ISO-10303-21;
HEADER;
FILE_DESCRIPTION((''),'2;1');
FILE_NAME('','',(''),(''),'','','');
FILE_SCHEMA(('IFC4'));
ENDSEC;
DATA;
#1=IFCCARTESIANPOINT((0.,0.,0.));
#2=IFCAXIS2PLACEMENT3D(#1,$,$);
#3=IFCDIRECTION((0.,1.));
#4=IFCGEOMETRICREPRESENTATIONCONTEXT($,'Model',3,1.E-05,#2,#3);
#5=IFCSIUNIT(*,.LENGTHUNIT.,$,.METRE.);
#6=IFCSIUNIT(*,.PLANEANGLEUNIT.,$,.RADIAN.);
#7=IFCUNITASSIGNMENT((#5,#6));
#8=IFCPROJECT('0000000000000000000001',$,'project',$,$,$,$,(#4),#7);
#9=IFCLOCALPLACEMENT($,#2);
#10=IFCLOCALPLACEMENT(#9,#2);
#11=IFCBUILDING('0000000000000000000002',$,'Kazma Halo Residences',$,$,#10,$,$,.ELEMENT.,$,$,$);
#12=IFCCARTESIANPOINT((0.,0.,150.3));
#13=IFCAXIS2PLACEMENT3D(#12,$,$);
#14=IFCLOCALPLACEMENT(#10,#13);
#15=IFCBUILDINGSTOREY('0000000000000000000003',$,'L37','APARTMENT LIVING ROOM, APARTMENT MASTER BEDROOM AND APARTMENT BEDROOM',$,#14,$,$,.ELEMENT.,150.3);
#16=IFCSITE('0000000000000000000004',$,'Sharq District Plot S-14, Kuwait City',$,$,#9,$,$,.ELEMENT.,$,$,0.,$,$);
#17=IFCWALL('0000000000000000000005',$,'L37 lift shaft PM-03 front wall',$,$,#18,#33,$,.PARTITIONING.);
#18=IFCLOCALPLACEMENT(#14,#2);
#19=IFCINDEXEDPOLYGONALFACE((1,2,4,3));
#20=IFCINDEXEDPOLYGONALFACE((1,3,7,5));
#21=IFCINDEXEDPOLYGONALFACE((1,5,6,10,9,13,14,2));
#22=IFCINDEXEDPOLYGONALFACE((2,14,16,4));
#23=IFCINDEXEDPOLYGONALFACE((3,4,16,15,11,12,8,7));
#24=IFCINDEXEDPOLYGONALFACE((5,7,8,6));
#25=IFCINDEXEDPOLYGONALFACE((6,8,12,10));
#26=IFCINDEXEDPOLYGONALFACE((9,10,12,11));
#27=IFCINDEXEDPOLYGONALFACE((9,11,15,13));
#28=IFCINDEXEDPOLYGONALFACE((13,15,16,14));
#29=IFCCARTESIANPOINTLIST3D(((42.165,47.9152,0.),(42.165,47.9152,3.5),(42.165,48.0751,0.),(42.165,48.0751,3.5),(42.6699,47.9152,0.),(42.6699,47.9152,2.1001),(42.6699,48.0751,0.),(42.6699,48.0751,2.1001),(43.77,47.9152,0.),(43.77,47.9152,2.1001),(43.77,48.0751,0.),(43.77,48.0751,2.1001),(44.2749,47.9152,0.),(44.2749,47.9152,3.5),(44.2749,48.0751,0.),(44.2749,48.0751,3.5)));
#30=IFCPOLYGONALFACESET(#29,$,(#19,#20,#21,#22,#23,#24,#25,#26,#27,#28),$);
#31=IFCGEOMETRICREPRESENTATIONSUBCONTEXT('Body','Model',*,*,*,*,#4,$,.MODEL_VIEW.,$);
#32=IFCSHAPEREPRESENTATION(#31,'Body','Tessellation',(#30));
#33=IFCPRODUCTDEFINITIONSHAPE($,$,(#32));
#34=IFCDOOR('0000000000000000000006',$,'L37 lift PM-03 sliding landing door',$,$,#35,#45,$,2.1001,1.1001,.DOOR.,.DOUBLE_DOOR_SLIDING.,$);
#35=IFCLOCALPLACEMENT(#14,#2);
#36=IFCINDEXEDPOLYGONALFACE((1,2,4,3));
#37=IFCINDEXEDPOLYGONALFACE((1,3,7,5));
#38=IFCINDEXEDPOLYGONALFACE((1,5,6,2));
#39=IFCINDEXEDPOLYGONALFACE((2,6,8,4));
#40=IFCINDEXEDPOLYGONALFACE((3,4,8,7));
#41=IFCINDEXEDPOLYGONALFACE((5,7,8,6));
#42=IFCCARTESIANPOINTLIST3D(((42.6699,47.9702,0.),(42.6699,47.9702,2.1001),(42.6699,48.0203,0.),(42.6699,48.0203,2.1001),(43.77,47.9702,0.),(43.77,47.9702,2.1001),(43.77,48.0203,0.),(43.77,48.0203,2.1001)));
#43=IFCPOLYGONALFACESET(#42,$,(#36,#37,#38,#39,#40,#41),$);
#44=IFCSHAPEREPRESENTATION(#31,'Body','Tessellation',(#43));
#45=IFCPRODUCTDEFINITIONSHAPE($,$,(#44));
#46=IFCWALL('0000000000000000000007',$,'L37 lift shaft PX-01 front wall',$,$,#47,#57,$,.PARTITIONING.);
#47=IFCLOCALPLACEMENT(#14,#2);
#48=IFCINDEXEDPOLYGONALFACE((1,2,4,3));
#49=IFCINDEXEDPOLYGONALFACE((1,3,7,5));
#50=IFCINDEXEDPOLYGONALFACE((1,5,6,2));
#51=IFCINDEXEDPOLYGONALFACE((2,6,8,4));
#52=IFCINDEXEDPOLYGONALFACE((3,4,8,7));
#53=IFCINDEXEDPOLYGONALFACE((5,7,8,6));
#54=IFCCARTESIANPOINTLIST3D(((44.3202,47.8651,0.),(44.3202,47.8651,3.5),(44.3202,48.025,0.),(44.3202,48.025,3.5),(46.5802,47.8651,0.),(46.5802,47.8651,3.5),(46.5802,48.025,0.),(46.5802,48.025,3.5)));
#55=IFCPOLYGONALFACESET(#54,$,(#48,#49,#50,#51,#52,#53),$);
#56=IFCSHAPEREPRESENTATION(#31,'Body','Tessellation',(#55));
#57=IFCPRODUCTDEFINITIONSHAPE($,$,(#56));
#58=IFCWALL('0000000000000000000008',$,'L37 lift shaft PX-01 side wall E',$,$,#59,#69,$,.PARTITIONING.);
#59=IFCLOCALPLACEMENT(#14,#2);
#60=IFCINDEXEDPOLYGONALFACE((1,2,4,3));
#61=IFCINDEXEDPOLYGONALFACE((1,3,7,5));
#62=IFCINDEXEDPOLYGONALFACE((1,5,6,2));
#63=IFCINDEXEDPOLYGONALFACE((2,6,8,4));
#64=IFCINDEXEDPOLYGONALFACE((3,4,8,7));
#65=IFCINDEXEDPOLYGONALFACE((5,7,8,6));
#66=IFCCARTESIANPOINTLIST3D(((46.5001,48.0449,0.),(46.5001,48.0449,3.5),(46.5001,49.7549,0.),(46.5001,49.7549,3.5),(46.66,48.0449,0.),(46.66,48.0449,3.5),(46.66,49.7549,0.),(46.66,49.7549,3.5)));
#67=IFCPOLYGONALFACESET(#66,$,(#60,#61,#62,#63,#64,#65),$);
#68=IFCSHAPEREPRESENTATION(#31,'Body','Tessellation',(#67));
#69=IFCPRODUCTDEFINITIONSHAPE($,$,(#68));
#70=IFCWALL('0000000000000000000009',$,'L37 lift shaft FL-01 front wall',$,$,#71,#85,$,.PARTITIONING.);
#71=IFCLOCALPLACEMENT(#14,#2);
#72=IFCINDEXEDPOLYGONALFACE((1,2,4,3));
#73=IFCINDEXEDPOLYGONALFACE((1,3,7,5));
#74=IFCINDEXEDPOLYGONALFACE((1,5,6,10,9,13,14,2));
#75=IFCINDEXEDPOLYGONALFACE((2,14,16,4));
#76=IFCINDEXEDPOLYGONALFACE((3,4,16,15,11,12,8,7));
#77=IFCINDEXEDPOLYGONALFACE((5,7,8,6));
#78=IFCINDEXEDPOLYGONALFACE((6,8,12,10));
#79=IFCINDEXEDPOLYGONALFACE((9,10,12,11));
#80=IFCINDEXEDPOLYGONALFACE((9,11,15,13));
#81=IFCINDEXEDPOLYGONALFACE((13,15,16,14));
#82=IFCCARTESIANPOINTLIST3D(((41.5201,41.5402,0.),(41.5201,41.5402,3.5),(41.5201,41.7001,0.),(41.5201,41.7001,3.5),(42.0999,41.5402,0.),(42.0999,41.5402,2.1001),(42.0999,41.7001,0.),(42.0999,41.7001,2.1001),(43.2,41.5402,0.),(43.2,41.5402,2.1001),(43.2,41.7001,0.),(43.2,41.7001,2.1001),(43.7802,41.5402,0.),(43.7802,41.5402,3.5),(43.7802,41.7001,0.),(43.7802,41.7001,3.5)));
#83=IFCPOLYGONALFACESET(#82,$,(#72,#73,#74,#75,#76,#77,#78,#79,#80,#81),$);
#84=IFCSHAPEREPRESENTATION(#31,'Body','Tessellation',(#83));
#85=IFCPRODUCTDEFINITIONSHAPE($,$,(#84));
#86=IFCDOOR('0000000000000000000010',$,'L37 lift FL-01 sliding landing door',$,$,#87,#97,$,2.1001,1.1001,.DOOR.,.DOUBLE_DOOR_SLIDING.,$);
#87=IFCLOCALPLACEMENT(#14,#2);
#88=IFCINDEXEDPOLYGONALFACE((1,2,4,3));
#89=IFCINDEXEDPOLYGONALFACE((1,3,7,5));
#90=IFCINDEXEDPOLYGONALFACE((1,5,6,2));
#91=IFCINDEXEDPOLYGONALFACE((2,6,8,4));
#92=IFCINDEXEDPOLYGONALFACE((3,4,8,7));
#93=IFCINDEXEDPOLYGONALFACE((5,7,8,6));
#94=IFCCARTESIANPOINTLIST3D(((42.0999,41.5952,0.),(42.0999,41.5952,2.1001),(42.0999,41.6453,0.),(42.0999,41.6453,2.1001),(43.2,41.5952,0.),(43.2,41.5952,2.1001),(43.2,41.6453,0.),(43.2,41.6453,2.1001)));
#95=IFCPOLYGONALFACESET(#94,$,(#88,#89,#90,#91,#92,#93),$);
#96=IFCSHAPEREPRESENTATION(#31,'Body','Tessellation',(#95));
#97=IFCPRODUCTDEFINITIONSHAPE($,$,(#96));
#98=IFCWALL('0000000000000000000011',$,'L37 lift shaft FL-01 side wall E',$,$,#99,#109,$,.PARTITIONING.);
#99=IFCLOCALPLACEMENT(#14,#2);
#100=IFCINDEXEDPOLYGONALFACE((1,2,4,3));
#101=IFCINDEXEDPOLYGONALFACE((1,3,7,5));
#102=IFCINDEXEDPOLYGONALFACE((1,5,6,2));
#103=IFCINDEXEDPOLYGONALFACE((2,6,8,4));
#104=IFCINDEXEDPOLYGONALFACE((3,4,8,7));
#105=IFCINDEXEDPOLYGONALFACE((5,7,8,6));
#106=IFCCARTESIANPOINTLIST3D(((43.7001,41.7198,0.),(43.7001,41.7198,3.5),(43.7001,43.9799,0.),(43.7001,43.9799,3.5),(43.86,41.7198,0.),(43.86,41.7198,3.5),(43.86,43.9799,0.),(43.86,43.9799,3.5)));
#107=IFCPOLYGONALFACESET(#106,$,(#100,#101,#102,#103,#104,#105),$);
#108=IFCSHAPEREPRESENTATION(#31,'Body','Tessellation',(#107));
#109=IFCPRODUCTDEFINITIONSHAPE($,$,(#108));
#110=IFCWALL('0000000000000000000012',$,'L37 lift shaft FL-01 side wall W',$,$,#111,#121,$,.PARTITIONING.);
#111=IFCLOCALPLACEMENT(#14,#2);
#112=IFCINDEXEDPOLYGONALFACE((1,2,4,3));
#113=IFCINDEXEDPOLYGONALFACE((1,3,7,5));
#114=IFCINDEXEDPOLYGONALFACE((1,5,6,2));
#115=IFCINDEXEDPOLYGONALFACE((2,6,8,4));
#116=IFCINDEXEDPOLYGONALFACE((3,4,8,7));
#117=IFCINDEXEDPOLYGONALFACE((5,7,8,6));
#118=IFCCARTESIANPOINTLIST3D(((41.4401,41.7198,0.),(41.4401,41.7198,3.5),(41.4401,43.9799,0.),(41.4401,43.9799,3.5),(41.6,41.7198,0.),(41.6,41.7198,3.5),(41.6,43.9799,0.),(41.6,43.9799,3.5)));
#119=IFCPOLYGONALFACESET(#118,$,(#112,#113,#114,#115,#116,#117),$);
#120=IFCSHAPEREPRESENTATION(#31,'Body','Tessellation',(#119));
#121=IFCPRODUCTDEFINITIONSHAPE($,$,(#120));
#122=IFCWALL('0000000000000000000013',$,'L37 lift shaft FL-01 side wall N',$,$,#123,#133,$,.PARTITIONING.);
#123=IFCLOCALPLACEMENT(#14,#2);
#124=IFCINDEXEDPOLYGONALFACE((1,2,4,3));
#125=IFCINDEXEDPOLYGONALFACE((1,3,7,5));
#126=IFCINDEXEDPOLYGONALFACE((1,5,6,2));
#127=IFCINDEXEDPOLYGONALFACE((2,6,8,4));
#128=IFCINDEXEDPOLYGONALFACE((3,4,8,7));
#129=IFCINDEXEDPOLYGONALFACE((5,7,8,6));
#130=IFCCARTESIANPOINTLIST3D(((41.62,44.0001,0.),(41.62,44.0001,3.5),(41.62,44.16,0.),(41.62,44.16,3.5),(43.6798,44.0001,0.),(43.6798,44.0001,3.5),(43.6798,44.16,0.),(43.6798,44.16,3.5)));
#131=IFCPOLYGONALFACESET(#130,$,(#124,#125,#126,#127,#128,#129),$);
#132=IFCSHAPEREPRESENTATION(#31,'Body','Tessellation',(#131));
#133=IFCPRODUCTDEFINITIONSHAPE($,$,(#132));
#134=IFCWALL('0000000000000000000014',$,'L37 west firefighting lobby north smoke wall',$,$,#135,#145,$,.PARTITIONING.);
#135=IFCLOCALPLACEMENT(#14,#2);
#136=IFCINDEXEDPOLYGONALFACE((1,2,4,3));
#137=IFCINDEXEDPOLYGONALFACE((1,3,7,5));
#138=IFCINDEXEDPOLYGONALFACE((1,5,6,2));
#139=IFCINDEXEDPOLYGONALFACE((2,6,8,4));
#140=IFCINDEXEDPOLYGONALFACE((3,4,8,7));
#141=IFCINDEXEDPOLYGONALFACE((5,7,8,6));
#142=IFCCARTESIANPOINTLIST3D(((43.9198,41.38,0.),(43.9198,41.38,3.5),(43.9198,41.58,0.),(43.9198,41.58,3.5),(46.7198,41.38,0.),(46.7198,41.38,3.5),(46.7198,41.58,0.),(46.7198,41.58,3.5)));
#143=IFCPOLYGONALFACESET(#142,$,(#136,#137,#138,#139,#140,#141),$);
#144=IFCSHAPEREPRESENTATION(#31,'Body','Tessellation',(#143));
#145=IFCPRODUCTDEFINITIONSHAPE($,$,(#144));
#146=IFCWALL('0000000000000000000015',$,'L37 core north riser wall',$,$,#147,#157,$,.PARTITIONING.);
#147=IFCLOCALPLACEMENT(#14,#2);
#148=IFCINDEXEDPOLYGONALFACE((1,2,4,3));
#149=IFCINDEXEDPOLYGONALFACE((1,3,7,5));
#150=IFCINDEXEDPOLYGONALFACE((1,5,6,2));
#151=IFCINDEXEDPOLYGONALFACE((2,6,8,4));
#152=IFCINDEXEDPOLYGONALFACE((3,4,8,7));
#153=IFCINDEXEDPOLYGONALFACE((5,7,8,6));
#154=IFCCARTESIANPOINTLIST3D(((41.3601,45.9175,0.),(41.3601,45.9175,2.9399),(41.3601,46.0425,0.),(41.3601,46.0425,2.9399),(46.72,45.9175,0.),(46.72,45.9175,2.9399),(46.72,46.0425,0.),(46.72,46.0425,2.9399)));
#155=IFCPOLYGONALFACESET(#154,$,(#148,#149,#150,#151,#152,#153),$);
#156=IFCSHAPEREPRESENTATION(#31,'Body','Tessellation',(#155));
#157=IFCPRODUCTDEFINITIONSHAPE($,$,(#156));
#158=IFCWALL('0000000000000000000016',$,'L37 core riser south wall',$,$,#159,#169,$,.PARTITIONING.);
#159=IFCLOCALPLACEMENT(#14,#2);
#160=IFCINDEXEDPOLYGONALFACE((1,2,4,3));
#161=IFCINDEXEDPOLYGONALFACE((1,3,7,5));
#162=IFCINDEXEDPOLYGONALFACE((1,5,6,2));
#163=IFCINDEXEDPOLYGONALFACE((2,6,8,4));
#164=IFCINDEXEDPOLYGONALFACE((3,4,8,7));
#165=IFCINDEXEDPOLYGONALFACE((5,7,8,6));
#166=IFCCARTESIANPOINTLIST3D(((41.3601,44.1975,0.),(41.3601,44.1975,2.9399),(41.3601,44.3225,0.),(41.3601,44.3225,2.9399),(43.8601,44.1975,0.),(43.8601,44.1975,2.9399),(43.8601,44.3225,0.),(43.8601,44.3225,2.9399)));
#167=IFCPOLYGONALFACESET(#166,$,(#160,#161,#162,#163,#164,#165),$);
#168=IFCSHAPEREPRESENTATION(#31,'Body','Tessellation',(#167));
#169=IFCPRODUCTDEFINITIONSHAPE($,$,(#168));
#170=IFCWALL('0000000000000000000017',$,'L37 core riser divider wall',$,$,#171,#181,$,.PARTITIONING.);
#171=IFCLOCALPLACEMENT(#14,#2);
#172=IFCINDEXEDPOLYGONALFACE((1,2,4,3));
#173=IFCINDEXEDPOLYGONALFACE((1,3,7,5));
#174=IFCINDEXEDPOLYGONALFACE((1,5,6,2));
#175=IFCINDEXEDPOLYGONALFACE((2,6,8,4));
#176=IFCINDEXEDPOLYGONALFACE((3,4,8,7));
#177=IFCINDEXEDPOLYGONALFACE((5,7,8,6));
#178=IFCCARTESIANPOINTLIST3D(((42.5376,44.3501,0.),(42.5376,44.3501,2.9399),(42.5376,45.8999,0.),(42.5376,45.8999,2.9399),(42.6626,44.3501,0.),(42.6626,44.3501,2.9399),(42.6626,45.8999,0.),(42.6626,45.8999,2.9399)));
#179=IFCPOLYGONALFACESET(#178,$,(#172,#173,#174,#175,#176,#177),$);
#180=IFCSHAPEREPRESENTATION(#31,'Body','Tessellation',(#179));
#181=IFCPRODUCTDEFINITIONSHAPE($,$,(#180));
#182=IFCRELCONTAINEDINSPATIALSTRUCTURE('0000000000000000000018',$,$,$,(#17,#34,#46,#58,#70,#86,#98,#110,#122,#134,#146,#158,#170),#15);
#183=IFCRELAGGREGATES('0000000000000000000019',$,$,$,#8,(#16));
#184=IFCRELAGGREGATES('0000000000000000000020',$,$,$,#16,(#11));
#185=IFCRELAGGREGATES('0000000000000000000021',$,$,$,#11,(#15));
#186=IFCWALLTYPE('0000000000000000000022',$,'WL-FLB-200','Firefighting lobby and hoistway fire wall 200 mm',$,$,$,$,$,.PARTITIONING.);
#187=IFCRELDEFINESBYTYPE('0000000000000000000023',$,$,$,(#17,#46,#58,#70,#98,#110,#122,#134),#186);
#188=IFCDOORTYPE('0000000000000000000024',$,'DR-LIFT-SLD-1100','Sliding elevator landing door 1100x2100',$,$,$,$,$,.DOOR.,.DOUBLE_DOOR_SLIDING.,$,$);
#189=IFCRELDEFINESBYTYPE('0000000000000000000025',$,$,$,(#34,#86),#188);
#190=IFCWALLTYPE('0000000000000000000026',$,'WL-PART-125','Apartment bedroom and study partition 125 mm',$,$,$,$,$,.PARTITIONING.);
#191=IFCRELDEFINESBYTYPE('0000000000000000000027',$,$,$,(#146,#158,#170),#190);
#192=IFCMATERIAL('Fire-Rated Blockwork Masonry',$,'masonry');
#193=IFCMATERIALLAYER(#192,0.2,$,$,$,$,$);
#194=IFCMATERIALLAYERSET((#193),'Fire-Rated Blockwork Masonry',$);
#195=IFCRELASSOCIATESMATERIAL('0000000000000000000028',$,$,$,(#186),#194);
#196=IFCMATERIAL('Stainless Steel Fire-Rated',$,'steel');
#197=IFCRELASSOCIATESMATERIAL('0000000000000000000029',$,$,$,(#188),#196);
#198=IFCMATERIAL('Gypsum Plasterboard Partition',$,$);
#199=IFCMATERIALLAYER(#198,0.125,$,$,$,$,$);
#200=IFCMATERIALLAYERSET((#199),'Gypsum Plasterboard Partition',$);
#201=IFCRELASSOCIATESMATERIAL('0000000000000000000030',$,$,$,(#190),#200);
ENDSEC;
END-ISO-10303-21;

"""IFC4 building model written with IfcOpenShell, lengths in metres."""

from ifc_helpers import new_model, si_unit, direction, frame, frame_2d, origin, place, context, subcontext, project, spatial, rectangle, extrude, material, layer, layer_set, type_object, element, fill, save


model = new_model("IFC4")

# Units and contexts
model_context = context("Model", 3, precision=1e-05, world=origin(), true_north=direction((0.0, 1.0)))
body_context = subcontext(model_context, "Body", "Model", "MODEL_VIEW")
ifc_project = project(units=[si_unit("LENGTHUNIT", "METRE"), si_unit("PLANEANGLEUNIT", "RADIAN")], contexts=[model_context])

# Site, building, storey
site_placement = place(None, origin())
site = spatial("IfcSite", under=ifc_project, at=site_placement, Name="Sharq District Plot S-14, Kuwait City", CompositionType="ELEMENT", RefElevation=0.0)
building_placement = place(site_placement, origin())
building = spatial("IfcBuilding", under=site, at=building_placement, Name="Kazma Halo Residences", CompositionType="ELEMENT")
storey_placement = place(building_placement, frame((0.0, 0.0, 150.3)))
storey = spatial("IfcBuildingStorey", under=building, at=storey_placement, Name="L37", Description="APARTMENT LIVING ROOM, APARTMENT MASTER BEDROOM AND APARTMENT BEDROOM", CompositionType="ELEMENT", Elevation=150.3)

# Shared definitions
ifc_material_1 = material(Name="Fire-Rated Blockwork Masonry", Category="masonry")
ifc_layer_1 = layer(ifc_material_1, 0.2)
ifc_layer_set_1 = layer_set([ifc_layer_1], Name="Fire-Rated Blockwork Masonry")
wall_type_1 = type_object("IfcWallType", Name="WL-FLB-200", Description="Firefighting lobby and hoistway fire wall 200 mm", PredefinedType="PARTITIONING", material=ifc_layer_set_1)
ifc_material_2 = material(Name="Stainless Steel Fire-Rated", Category="steel")
door_type = type_object("IfcDoorType", Name="DR-LIFT-SLD-1100", Description="Sliding elevator landing door 1100x2100", OperationType="DOUBLE_DOOR_SLIDING", PredefinedType="DOOR", material=ifc_material_2)

# Wall, opening, door
wall_1_placement = place(storey_placement, frame((44.2749, 47.9951, 0.0), z_axis=(0.0, 0.0, 1.0), x_axis=(-1.0, 0.0, 0.0)))
wall_1 = element("IfcWall", 1, at=wall_1_placement, inside=storey, type_object=wall_type_1, Name="L37 lift shaft PM-03 front wall", PredefinedType="PARTITIONING", context=body_context, shape_type="SweptSolid", body=[
    extrude(rectangle(XDim=2.1099, YDim=0.1599, at=frame_2d((1.0549, 0.0))), origin(), (0.0, 0.0, 1.0), 3.5),
])
opening_1_placement = place(wall_1_placement, frame((0.5049, 0.0, 0.0)))
opening_1 = element("IfcOpeningElement", 2, at=opening_1_placement, cuts=wall_1, PredefinedType="OPENING", context=body_context, shape_type="SweptSolid", body=[
    extrude(rectangle(XDim=1.1001, YDim=2.1001, at=frame_2d((0.55, 1.05))), frame((0.0, 0.0898, 0.0), z_axis=(0.0, -1.0, 0.0), x_axis=(1.0, 0.0, 0.0)), (0.0, 0.0, 1.0), 0.1799),
])
door_1_placement = place(opening_1_placement, origin())
door_1 = element("IfcDoor", 3, at=door_1_placement, inside=storey, type_object=door_type, Name="L37 lift PM-03 sliding landing door", OperationType="DOUBLE_DOOR_SLIDING", OverallHeight=2.1001, OverallWidth=1.1001, PredefinedType="DOOR", context=body_context, shape_type="SweptSolid", body=[
    extrude(rectangle(XDim=1.1001, YDim=2.1001, at=frame_2d((0.55, 1.05))), frame((0.0, 0.0249, 0.0), z_axis=(0.0, -1.0, 0.0), x_axis=(1.0, 0.0, 0.0)), (0.0, 0.0, 1.0), 0.05),
])
fill(opening_1, door_1)

# Walls
wall_2_placement = place(storey_placement, frame((46.5801, 47.9451, 0.0), z_axis=(0.0, 0.0, 1.0), x_axis=(-1.0, 0.0, 0.0)))
element("IfcWall", 4, at=wall_2_placement, inside=storey, type_object=wall_type_1, Name="L37 lift shaft PX-01 front wall", PredefinedType="PARTITIONING", context=body_context, shape_type="SweptSolid", body=[
    extrude(rectangle(XDim=2.26, YDim=0.1599, at=frame_2d((1.1299, 0.0))), origin(), (0.0, 0.0, 1.0), 3.5),
])
wall_3_placement = place(storey_placement, frame((46.5801, 48.0449, 0.0), z_axis=(0.0, 0.0, 1.0), x_axis=(0.0, 1.0, 0.0)))
element("IfcWall", 5, at=wall_3_placement, inside=storey, type_object=wall_type_1, Name="L37 lift shaft PX-01 side wall E", PredefinedType="PARTITIONING", context=body_context, shape_type="SweptSolid", body=[
    extrude(rectangle(XDim=1.71, YDim=0.1599, at=frame_2d((0.855, 0.0))), origin(), (0.0, 0.0, 1.0), 3.5),
])

# Wall, opening, door
wall_4_placement = place(storey_placement, frame((43.78, 41.6201, 0.0), z_axis=(0.0, 0.0, 1.0), x_axis=(-1.0, 0.0, 0.0)))
wall_4 = element("IfcWall", 6, at=wall_4_placement, inside=storey, type_object=wall_type_1, Name="L37 lift shaft FL-01 front wall", PredefinedType="PARTITIONING", context=body_context, shape_type="SweptSolid", body=[
    extrude(rectangle(XDim=2.26, YDim=0.1599, at=frame_2d((1.1299, 0.0))), origin(), (0.0, 0.0, 1.0), 3.5),
])
opening_2_placement = place(wall_4_placement, frame((0.5801, 0.0, 0.0)))
opening_2 = element("IfcOpeningElement", 7, at=opening_2_placement, cuts=wall_4, PredefinedType="OPENING", context=body_context, shape_type="SweptSolid", body=[
    extrude(rectangle(XDim=1.1001, YDim=2.1001, at=frame_2d((0.55, 1.05))), frame((0.0, 0.0898, 0.0), z_axis=(0.0, -1.0, 0.0), x_axis=(1.0, 0.0, 0.0)), (0.0, 0.0, 1.0), 0.1799),
])
door_2_placement = place(opening_2_placement, origin())
door_2 = element("IfcDoor", 8, at=door_2_placement, inside=storey, type_object=door_type, Name="L37 lift FL-01 sliding landing door", OperationType="DOUBLE_DOOR_SLIDING", OverallHeight=2.1001, OverallWidth=1.1001, PredefinedType="DOOR", context=body_context, shape_type="SweptSolid", body=[
    extrude(rectangle(XDim=1.1001, YDim=2.1001, at=frame_2d((0.55, 1.05))), frame((0.0, 0.0249, 0.0), z_axis=(0.0, -1.0, 0.0), x_axis=(1.0, 0.0, 0.0)), (0.0, 0.0, 1.0), 0.05),
])
fill(opening_2, door_2)

# Walls
for number, where, z_axis, x_axis, name in (
    (9, (43.78, 41.72, 0.0), (0.0, 0.0, 1.0), (0.0, 1.0, 0.0), "L37 lift shaft FL-01 side wall E"),
    (10, (41.52, 41.72, 0.0), (0.0, 0.0, 1.0), (0.0, 1.0, 0.0), "L37 lift shaft FL-01 side wall W"),
):
    element("IfcWall", number, at=place(storey_placement, frame(where, z_axis=z_axis, x_axis=x_axis)), inside=storey, type_object=wall_type_1, Name=name, PredefinedType="PARTITIONING", context=body_context, shape_type="SweptSolid", body=[
        extrude(rectangle(XDim=2.26, YDim=0.1599, at=frame_2d((1.1299, 0.0))), origin(), (0.0, 0.0, 1.0), 3.5),
    ])
wall_5_placement = place(storey_placement, frame((41.6201, 44.0801, 0.0), z_axis=(0.0, 0.0, 1.0), x_axis=(1.0, 0.0, 0.0)))
element("IfcWall", 11, at=wall_5_placement, inside=storey, type_object=wall_type_1, Name="L37 lift shaft FL-01 side wall N", PredefinedType="PARTITIONING", context=body_context, shape_type="SweptSolid", body=[
    extrude(rectangle(XDim=2.0598, YDim=0.1599, at=frame_2d((1.0298, 0.0))), origin(), (0.0, 0.0, 1.0), 3.5),
])
wall_6_placement = place(storey_placement, frame((43.9199, 41.48, 0.0), z_axis=(0.0, 0.0, 1.0), x_axis=(1.0, 0.0, 0.0)))
element("IfcWall", 12, at=wall_6_placement, inside=storey, type_object=wall_type_1, Name="L37 west firefighting lobby north smoke wall", PredefinedType="PARTITIONING", context=body_context, shape_type="SweptSolid", body=[
    extrude(rectangle(XDim=2.8, YDim=0.2, at=frame_2d((1.3999, 0.0))), origin(), (0.0, 0.0, 1.0), 3.5),
])
ifc_material_3 = material(Name="Gypsum Plasterboard Partition")
ifc_layer_2 = layer(ifc_material_3, 0.125)
ifc_layer_set_2 = layer_set([ifc_layer_2], Name="Gypsum Plasterboard Partition")
wall_type_2 = type_object("IfcWallType", Name="WL-PART-125", Description="Apartment bedroom and study partition 125 mm", PredefinedType="PARTITIONING", material=ifc_layer_set_2)
wall_7_placement = place(storey_placement, frame((41.3601, 45.98, 0.0), z_axis=(0.0, 0.0, 1.0), x_axis=(1.0, 0.0, 0.0)))
element("IfcWall", 13, at=wall_7_placement, inside=storey, type_object=wall_type_2, Name="L37 core north riser wall", PredefinedType="PARTITIONING", context=body_context, shape_type="SweptSolid", body=[
    extrude(rectangle(XDim=5.3599, YDim=0.125, at=frame_2d((2.6799, 0.0))), origin(), (0.0, 0.0, 1.0), 2.9399),
])
wall_8_placement = place(storey_placement, frame((41.3601, 44.26, 0.0), z_axis=(0.0, 0.0, 1.0), x_axis=(1.0, 0.0, 0.0)))
element("IfcWall", 14, at=wall_8_placement, inside=storey, type_object=wall_type_2, Name="L37 core riser south wall", PredefinedType="PARTITIONING", context=body_context, shape_type="SweptSolid", body=[
    extrude(rectangle(XDim=2.5, YDim=0.125, at=frame_2d((1.25, 0.0))), origin(), (0.0, 0.0, 1.0), 2.9399),
])
wall_9_placement = place(storey_placement, frame((42.6001, 44.3501, 0.0), z_axis=(0.0, 0.0, 1.0), x_axis=(0.0, 1.0, 0.0)))
element("IfcWall", 15, at=wall_9_placement, inside=storey, type_object=wall_type_2, Name="L37 core riser divider wall", PredefinedType="PARTITIONING", context=body_context, shape_type="SweptSolid", body=[
    extrude(rectangle(XDim=1.5498, YDim=0.125, at=frame_2d((0.7749, 0.0))), origin(), (0.0, 0.0, 1.0), 2.9399),
])

save(model, "model.ifc")
